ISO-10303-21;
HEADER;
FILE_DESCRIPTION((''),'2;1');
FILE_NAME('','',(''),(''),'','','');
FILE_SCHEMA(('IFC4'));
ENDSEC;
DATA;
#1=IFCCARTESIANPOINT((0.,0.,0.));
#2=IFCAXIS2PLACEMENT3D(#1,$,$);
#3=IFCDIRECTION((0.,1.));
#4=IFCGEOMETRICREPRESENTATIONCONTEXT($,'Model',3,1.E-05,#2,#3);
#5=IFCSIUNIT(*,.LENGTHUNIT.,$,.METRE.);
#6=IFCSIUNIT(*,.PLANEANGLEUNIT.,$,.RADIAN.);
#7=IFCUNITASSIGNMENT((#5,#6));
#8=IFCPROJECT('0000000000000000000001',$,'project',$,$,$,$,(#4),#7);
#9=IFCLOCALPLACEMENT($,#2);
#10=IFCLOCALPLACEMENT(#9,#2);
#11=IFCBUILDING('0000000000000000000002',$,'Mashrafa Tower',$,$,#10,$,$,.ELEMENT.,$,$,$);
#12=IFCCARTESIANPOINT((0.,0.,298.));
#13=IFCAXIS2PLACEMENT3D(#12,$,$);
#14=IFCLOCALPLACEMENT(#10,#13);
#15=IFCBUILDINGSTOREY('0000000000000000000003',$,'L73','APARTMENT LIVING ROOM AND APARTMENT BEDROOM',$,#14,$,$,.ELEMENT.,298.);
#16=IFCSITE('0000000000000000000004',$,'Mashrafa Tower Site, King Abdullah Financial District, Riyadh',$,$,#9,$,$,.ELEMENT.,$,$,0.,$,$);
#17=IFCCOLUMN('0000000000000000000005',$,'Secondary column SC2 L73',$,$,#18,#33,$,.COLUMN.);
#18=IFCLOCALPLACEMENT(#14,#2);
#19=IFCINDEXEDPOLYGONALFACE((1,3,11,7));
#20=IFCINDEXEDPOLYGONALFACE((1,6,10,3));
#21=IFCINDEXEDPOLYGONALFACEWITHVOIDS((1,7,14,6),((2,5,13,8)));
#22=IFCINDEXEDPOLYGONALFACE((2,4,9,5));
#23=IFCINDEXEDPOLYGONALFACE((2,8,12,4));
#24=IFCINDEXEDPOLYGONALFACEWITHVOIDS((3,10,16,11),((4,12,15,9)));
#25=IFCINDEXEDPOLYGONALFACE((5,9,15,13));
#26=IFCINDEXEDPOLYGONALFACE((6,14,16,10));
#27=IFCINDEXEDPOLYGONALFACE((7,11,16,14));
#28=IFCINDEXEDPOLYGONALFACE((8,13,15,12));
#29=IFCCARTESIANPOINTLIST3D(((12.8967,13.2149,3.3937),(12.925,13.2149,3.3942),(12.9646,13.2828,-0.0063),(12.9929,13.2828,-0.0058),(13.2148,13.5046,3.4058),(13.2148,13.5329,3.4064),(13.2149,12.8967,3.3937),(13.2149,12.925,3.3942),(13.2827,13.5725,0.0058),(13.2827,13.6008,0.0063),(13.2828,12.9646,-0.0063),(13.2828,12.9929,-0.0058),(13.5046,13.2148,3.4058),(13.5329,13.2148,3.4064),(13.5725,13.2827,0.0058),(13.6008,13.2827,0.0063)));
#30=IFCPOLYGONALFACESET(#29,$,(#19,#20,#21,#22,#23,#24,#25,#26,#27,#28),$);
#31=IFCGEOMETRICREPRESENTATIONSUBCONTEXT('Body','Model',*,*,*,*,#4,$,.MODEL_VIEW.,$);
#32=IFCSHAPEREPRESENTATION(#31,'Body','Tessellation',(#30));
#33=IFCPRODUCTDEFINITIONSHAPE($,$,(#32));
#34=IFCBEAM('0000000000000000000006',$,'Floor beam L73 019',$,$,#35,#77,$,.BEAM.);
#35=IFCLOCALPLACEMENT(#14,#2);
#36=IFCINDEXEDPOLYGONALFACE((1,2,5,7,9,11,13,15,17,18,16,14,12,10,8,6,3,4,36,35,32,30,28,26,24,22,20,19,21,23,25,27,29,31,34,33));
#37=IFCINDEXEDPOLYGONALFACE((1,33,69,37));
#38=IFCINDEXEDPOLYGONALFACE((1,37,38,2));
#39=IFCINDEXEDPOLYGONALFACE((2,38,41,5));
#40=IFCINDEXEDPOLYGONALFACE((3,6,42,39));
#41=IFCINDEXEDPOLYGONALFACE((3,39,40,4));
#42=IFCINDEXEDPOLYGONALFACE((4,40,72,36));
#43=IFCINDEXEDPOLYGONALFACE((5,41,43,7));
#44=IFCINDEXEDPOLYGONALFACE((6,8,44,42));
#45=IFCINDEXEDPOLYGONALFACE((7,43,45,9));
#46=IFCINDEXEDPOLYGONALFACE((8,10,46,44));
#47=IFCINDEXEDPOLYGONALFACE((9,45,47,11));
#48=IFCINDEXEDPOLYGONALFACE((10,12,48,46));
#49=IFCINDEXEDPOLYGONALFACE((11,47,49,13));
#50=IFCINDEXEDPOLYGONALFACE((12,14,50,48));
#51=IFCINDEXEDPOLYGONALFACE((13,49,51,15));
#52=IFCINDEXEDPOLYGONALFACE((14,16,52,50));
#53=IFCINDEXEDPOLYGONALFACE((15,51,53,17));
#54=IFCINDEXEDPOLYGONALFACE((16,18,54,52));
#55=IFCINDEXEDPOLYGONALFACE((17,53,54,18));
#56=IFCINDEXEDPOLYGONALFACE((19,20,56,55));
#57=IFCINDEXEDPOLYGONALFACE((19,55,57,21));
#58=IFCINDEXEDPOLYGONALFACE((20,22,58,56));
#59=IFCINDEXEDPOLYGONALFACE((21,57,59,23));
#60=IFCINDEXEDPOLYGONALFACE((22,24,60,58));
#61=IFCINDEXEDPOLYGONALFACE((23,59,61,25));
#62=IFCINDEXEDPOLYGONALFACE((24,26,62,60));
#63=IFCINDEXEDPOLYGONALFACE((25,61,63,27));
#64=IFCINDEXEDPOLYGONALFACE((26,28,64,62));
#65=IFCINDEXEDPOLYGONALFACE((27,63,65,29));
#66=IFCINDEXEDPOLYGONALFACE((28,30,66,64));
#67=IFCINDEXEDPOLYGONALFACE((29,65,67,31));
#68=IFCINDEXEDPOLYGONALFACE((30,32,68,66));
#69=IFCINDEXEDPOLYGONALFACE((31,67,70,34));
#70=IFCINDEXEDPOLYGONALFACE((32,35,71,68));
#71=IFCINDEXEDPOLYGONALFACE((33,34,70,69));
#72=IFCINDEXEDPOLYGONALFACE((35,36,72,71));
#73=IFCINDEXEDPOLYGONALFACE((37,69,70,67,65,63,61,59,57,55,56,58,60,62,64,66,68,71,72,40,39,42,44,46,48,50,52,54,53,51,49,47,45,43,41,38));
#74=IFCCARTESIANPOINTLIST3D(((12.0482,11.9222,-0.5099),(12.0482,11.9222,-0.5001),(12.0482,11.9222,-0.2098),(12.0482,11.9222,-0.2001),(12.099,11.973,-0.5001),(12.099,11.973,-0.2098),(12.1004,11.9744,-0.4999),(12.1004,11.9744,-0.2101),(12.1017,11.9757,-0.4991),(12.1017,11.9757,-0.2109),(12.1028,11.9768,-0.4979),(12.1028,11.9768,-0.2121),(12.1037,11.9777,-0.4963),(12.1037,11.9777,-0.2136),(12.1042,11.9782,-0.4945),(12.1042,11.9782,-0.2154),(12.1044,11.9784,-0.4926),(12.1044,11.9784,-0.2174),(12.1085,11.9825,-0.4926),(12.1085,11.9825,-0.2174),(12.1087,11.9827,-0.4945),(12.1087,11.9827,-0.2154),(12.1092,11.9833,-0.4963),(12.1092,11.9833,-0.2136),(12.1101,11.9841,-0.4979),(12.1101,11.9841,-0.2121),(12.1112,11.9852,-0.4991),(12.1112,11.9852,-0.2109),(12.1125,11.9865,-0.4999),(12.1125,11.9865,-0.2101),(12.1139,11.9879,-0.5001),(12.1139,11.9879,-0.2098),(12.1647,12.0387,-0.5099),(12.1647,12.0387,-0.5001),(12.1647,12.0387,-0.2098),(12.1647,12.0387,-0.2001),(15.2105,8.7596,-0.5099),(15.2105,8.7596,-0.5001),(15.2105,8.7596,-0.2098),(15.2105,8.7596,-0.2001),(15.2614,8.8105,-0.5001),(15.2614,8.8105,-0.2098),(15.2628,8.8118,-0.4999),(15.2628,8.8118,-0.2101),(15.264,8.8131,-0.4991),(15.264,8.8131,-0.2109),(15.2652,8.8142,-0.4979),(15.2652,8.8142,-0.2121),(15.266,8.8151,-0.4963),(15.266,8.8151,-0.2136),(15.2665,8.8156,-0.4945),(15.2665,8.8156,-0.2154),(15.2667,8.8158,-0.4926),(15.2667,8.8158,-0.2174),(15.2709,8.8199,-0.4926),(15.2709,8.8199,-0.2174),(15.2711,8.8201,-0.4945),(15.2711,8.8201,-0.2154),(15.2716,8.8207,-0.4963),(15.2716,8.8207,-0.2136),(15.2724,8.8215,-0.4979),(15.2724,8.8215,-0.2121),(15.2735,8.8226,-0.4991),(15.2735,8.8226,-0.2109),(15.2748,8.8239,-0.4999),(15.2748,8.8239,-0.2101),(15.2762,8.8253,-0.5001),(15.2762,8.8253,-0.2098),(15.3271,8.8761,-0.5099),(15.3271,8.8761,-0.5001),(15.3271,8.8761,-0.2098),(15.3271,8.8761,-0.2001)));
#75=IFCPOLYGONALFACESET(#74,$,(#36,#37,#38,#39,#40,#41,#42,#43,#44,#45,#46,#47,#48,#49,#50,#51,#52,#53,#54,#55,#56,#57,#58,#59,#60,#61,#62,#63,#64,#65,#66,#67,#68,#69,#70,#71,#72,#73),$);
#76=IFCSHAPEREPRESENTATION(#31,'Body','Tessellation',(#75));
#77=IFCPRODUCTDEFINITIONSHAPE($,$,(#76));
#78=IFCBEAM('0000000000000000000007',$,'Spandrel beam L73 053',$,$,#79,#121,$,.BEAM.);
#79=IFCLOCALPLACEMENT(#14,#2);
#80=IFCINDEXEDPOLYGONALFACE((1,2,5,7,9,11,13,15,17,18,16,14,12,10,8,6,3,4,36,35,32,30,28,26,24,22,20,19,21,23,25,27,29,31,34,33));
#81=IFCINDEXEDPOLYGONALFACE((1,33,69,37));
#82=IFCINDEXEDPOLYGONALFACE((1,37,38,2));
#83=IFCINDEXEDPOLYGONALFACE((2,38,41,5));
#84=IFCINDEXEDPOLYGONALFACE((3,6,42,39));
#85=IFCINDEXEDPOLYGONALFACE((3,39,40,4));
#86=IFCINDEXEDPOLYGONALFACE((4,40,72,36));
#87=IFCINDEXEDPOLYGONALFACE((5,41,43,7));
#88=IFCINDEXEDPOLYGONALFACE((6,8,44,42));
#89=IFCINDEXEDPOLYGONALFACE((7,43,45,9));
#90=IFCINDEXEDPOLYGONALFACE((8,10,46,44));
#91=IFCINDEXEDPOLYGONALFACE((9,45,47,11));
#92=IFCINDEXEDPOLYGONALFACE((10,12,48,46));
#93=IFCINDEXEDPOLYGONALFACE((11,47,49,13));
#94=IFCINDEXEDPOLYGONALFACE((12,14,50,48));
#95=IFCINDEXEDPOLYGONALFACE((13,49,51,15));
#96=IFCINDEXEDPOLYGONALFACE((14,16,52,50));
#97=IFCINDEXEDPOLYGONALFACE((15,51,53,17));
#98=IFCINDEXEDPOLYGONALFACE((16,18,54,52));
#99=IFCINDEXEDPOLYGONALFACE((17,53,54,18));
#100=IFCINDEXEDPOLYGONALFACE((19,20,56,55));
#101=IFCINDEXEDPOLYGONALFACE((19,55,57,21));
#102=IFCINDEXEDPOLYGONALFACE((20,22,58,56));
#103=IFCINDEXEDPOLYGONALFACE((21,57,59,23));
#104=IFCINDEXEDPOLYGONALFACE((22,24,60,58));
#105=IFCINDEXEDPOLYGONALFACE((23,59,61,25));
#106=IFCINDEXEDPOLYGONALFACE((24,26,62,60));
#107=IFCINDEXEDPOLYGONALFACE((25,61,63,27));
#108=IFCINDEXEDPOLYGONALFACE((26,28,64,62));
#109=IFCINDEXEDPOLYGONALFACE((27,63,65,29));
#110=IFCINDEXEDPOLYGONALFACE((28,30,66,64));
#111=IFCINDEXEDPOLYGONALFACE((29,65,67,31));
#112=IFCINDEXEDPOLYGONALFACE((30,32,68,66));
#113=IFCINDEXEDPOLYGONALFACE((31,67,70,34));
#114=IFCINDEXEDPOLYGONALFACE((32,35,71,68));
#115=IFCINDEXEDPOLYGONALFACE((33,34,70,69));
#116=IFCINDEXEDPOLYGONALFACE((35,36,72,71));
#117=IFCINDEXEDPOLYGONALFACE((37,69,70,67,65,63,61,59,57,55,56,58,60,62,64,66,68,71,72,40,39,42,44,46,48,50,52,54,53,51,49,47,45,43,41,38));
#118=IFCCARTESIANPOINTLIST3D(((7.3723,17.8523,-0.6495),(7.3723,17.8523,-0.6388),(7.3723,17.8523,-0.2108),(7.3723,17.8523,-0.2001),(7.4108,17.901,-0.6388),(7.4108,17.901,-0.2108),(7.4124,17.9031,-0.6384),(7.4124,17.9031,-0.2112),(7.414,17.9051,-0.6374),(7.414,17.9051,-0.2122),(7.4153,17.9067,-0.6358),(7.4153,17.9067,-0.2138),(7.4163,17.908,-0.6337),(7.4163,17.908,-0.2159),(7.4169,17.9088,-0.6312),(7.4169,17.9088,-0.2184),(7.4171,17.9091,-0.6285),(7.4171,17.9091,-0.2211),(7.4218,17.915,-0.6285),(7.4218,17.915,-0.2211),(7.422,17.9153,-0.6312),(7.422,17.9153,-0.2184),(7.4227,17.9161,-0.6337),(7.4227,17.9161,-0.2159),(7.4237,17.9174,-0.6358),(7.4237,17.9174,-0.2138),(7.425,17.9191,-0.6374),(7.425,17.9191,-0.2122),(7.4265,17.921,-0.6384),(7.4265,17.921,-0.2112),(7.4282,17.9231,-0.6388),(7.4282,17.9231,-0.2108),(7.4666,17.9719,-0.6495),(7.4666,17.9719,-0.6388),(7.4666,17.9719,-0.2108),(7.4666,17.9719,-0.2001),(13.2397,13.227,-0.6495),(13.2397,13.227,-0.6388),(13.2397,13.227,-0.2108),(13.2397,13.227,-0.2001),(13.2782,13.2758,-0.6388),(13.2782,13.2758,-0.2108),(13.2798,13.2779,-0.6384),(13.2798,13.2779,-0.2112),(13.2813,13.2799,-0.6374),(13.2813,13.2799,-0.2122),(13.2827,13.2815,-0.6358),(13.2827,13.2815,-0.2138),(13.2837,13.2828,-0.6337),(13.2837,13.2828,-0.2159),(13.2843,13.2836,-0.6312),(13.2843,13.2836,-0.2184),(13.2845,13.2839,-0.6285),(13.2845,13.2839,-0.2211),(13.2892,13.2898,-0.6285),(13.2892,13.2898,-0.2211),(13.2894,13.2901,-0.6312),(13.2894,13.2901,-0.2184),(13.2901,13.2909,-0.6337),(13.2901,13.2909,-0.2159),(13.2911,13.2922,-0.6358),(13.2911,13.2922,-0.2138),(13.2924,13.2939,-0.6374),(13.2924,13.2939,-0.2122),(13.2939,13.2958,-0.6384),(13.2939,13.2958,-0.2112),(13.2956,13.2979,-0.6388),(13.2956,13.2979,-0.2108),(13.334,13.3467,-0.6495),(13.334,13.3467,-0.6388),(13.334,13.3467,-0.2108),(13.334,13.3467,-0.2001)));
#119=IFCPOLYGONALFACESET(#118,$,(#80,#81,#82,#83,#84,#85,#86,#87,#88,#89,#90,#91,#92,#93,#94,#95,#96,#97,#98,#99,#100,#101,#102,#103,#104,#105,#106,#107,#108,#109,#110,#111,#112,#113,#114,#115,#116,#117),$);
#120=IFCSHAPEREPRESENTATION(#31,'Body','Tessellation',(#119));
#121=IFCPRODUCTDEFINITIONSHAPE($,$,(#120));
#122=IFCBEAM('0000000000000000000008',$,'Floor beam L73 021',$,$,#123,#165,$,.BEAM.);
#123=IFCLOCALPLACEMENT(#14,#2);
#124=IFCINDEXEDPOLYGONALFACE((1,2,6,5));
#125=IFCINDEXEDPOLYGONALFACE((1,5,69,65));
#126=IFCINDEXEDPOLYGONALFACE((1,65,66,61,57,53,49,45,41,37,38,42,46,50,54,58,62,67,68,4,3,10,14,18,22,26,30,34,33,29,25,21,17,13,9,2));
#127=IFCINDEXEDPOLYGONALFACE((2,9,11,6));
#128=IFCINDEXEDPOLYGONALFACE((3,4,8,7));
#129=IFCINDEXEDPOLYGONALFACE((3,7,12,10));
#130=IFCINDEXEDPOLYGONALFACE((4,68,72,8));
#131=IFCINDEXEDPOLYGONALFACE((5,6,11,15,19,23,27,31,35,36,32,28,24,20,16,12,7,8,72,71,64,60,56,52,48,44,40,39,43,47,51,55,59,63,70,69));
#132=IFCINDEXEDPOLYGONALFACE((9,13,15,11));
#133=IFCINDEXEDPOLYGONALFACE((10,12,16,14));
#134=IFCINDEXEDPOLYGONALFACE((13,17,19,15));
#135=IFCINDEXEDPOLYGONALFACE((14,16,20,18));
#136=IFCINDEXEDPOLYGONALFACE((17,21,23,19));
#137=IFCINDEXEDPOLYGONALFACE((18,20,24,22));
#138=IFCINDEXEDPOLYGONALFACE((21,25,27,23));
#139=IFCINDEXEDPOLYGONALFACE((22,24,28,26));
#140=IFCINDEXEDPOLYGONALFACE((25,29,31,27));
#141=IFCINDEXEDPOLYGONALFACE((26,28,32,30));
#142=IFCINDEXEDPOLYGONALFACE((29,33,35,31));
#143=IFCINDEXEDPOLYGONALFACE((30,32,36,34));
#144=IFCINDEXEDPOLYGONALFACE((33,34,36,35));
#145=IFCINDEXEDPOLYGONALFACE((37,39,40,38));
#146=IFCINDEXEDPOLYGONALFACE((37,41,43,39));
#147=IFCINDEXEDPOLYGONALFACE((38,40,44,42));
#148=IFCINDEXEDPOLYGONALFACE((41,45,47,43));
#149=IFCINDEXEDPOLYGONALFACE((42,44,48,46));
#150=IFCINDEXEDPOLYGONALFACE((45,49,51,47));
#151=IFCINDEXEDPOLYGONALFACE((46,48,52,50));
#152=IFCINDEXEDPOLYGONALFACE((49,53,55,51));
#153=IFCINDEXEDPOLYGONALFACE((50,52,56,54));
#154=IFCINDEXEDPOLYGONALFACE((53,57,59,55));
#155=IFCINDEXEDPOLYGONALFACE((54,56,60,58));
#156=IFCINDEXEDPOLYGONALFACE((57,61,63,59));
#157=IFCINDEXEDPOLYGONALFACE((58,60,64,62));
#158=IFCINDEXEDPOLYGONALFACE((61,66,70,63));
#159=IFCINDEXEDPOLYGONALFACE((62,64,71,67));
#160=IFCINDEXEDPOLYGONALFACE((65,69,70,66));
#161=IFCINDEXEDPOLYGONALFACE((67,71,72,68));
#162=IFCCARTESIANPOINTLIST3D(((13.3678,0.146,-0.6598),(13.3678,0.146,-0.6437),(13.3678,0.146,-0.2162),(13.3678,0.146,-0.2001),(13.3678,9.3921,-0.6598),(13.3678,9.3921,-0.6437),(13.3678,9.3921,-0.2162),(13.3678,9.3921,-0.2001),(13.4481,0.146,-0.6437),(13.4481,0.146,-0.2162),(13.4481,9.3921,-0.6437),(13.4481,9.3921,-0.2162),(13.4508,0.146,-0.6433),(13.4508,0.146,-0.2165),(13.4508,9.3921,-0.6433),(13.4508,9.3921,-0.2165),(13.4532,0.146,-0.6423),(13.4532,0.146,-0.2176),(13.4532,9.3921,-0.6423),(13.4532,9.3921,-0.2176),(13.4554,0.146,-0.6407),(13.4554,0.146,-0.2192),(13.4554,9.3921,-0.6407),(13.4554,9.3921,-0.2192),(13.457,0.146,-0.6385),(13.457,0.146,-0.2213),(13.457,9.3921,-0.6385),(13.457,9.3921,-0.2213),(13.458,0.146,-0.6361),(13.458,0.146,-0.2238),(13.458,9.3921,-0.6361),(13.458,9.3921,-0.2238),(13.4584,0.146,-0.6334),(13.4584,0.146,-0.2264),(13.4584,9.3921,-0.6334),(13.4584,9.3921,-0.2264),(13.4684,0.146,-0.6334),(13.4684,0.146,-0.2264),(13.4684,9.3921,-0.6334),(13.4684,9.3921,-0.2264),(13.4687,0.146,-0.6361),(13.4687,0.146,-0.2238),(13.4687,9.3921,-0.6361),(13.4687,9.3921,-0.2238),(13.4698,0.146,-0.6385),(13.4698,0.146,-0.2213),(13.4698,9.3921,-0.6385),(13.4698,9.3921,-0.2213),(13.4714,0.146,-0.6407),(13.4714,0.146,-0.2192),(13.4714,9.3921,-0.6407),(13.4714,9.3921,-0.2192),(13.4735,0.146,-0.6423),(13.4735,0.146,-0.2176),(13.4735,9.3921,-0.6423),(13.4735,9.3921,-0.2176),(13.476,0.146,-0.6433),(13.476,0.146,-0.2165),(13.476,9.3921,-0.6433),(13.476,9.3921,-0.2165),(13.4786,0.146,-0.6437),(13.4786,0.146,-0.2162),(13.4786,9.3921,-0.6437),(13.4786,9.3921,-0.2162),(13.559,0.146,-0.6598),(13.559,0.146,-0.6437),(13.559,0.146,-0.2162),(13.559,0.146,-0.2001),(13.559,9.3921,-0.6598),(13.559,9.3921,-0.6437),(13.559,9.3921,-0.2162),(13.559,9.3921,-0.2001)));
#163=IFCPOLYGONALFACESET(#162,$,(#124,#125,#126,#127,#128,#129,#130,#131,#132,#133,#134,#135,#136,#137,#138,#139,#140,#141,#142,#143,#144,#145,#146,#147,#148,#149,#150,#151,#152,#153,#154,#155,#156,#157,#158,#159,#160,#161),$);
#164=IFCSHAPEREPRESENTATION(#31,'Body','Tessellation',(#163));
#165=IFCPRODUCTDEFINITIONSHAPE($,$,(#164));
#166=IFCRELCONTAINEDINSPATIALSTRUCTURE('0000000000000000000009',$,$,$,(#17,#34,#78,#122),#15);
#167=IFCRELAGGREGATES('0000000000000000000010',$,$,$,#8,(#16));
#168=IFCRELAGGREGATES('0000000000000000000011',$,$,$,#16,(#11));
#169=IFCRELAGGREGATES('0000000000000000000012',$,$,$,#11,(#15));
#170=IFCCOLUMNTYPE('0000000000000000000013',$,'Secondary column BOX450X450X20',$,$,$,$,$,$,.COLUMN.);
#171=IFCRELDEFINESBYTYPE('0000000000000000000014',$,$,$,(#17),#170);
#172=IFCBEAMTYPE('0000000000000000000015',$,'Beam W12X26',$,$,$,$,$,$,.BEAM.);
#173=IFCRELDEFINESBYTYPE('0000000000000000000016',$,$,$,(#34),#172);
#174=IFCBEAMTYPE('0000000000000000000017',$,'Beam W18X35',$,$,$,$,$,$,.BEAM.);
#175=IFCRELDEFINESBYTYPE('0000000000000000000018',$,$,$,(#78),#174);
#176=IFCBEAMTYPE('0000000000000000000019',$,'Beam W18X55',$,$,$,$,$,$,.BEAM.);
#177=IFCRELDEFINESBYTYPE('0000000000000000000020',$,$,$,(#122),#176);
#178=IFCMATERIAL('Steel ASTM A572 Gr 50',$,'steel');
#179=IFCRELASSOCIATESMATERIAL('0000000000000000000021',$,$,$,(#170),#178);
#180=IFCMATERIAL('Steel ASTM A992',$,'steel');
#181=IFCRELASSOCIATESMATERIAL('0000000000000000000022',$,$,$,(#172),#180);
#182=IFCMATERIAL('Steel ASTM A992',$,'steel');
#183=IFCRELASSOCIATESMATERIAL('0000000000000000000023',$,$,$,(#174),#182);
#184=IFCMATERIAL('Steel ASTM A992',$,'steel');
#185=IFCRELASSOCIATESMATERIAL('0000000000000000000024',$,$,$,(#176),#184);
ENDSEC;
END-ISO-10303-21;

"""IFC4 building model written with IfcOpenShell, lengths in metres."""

from ifc_helpers import new_model, si_unit, direction, frame, origin, origin_2d, place, context, subcontext, project, spatial, hollow_rectangle, i_section, extrude, material, material_profile, profile_set, type_object, element, save


model = new_model("IFC4")

# Units and contexts
model_context = context("Model", 3, precision=1e-05, world=origin(), true_north=direction((0.0, 1.0)))
body_context = subcontext(model_context, "Body", "Model", "MODEL_VIEW")
ifc_project = project(units=[si_unit("LENGTHUNIT", "METRE"), si_unit("PLANEANGLEUNIT", "RADIAN")], contexts=[model_context])

# Site, building, storey
site_placement = place(None, origin())
site = spatial("IfcSite", under=ifc_project, at=site_placement, Name="Mashrafa Tower Site, King Abdullah Financial District, Riyadh", CompositionType="ELEMENT", RefElevation=0.0)
building_placement = place(site_placement, origin())
building = spatial("IfcBuilding", under=site, at=building_placement, Name="Mashrafa Tower", CompositionType="ELEMENT")
storey_placement = place(building_placement, frame((0.0, 0.0, 298.0)))
storey = spatial("IfcBuildingStorey", under=building, at=storey_placement, Name="L73", Description="APARTMENT LIVING ROOM AND APARTMENT BEDROOM", CompositionType="ELEMENT", Elevation=298.0)

# Column
ifc_material_1 = material(Name="Steel ASTM A572 Gr 50", Category="steel")
ifc_material_profile_1 = material_profile(ifc_material_1, hollow_rectangle(XDim=0.45, YDim=0.45, WallThickness=0.02, at=origin_2d()), Name="BOX450X450X20")
ifc_profile_set_1 = profile_set([ifc_material_profile_1], Name="Steel ASTM A572 Gr 50")
column_type = type_object("IfcColumnType", Name="Secondary column BOX450X450X20", PredefinedType="COLUMN", material=ifc_profile_set_1)
column_placement = place(storey_placement, frame((13.2827, 13.2827, 0.0), z_axis=(-0.019955, -0.019955, 0.999602), x_axis=(0.707107, -0.707107, 0.0)))
element("IfcColumn", 1, at=column_placement, inside=storey, type_object=column_type, Name="Secondary column SC2 L73", PredefinedType="COLUMN", context=body_context, shape_type="SweptSolid", body=[
    extrude(hollow_rectangle(XDim=0.45, YDim=0.45, WallThickness=0.02, at=origin_2d()), origin(), (0.0, 0.0, 1.0), 3.4014),
])

# Beams
ifc_material_2 = material(Name="Steel ASTM A992", Category="steel")
ifc_material_profile_2 = material_profile(ifc_material_2, i_section(OverallWidth=0.1648, OverallDepth=0.3098, WebThickness=0.0059, FlangeThickness=0.0098, FilletRadius=0.0076, at=origin_2d()), Name="W12X26")
ifc_profile_set_2 = profile_set([ifc_material_profile_2], Name="Steel ASTM A992")
beam_type_1 = type_object("IfcBeamType", Name="Beam W12X26", PredefinedType="BEAM", material=ifc_profile_set_2)
beam_1_placement = place(storey_placement, frame((12.1064, 11.9805, -0.355), z_axis=(0.707079, -0.707134, 0.0), x_axis=(0.707134, 0.707079, 0.0)))
element("IfcBeam", 2, at=beam_1_placement, inside=storey, type_object=beam_type_1, Name="Floor beam L73 019", PredefinedType="BEAM", context=body_context, shape_type="SweptSolid", body=[
    extrude(i_section(OverallWidth=0.1648, OverallDepth=0.3098, WebThickness=0.0059, FlangeThickness=0.0098, FilletRadius=0.0076, at=origin_2d()), origin(), (0.0, 0.0, 1.0), 4.4724),
])
ifc_material_3 = material(Name="Steel ASTM A992", Category="steel")
ifc_material_profile_3 = material_profile(ifc_material_3, i_section(OverallWidth=0.1523, OverallDepth=0.4495, WebThickness=0.0076, FlangeThickness=0.0107, FilletRadius=0.0103, at=origin_2d()), Name="W18X35")
ifc_profile_set_3 = profile_set([ifc_material_profile_3], Name="Steel ASTM A992")
beam_type_2 = type_object("IfcBeamType", Name="Beam W18X35", PredefinedType="BEAM", material=ifc_profile_set_3)
beam_2_placement = place(storey_placement, frame((13.2869, 13.2869, -0.4248), z_axis=(-0.785334, 0.619072, 0.0), x_axis=(-0.619072, -0.785334, 0.0)))
element("IfcBeam", 3, at=beam_2_placement, inside=storey, type_object=beam_type_2, Name="Spandrel beam L73 053", PredefinedType="BEAM", context=body_context, shape_type="SweptSolid", body=[
    extrude(i_section(OverallWidth=0.1523, OverallDepth=0.4495, WebThickness=0.0076, FlangeThickness=0.0107, FilletRadius=0.0103, at=origin_2d()), origin(), (0.0, 0.0, 1.0), 7.4712),
])
ifc_material_4 = material(Name="Steel ASTM A992", Category="steel")
ifc_material_profile_4 = material_profile(ifc_material_4, i_section(OverallWidth=0.1912, OverallDepth=0.4597, WebThickness=0.01, FlangeThickness=0.0161, FilletRadius=0.0103, at=origin_2d()), Name="W18X55")
ifc_profile_set_4 = profile_set([ifc_material_profile_4], Name="Steel ASTM A992")
beam_type_3 = type_object("IfcBeamType", Name="Beam W18X55", PredefinedType="BEAM", material=ifc_profile_set_4)
beam_3_placement = place(storey_placement, frame((13.4634, 9.3921, -0.4299), z_axis=(0.0, -1.0, 0.0), x_axis=(1.0, 0.0, 0.0)))
element("IfcBeam", 4, at=beam_3_placement, inside=storey, type_object=beam_type_3, Name="Floor beam L73 021", PredefinedType="BEAM", context=body_context, shape_type="SweptSolid", body=[
    extrude(i_section(OverallWidth=0.1912, OverallDepth=0.4597, WebThickness=0.01, FlangeThickness=0.0161, FilletRadius=0.0103, at=origin_2d()), origin(), (0.0, 0.0, 1.0), 9.2461),
])

save(model, "model.ifc")
